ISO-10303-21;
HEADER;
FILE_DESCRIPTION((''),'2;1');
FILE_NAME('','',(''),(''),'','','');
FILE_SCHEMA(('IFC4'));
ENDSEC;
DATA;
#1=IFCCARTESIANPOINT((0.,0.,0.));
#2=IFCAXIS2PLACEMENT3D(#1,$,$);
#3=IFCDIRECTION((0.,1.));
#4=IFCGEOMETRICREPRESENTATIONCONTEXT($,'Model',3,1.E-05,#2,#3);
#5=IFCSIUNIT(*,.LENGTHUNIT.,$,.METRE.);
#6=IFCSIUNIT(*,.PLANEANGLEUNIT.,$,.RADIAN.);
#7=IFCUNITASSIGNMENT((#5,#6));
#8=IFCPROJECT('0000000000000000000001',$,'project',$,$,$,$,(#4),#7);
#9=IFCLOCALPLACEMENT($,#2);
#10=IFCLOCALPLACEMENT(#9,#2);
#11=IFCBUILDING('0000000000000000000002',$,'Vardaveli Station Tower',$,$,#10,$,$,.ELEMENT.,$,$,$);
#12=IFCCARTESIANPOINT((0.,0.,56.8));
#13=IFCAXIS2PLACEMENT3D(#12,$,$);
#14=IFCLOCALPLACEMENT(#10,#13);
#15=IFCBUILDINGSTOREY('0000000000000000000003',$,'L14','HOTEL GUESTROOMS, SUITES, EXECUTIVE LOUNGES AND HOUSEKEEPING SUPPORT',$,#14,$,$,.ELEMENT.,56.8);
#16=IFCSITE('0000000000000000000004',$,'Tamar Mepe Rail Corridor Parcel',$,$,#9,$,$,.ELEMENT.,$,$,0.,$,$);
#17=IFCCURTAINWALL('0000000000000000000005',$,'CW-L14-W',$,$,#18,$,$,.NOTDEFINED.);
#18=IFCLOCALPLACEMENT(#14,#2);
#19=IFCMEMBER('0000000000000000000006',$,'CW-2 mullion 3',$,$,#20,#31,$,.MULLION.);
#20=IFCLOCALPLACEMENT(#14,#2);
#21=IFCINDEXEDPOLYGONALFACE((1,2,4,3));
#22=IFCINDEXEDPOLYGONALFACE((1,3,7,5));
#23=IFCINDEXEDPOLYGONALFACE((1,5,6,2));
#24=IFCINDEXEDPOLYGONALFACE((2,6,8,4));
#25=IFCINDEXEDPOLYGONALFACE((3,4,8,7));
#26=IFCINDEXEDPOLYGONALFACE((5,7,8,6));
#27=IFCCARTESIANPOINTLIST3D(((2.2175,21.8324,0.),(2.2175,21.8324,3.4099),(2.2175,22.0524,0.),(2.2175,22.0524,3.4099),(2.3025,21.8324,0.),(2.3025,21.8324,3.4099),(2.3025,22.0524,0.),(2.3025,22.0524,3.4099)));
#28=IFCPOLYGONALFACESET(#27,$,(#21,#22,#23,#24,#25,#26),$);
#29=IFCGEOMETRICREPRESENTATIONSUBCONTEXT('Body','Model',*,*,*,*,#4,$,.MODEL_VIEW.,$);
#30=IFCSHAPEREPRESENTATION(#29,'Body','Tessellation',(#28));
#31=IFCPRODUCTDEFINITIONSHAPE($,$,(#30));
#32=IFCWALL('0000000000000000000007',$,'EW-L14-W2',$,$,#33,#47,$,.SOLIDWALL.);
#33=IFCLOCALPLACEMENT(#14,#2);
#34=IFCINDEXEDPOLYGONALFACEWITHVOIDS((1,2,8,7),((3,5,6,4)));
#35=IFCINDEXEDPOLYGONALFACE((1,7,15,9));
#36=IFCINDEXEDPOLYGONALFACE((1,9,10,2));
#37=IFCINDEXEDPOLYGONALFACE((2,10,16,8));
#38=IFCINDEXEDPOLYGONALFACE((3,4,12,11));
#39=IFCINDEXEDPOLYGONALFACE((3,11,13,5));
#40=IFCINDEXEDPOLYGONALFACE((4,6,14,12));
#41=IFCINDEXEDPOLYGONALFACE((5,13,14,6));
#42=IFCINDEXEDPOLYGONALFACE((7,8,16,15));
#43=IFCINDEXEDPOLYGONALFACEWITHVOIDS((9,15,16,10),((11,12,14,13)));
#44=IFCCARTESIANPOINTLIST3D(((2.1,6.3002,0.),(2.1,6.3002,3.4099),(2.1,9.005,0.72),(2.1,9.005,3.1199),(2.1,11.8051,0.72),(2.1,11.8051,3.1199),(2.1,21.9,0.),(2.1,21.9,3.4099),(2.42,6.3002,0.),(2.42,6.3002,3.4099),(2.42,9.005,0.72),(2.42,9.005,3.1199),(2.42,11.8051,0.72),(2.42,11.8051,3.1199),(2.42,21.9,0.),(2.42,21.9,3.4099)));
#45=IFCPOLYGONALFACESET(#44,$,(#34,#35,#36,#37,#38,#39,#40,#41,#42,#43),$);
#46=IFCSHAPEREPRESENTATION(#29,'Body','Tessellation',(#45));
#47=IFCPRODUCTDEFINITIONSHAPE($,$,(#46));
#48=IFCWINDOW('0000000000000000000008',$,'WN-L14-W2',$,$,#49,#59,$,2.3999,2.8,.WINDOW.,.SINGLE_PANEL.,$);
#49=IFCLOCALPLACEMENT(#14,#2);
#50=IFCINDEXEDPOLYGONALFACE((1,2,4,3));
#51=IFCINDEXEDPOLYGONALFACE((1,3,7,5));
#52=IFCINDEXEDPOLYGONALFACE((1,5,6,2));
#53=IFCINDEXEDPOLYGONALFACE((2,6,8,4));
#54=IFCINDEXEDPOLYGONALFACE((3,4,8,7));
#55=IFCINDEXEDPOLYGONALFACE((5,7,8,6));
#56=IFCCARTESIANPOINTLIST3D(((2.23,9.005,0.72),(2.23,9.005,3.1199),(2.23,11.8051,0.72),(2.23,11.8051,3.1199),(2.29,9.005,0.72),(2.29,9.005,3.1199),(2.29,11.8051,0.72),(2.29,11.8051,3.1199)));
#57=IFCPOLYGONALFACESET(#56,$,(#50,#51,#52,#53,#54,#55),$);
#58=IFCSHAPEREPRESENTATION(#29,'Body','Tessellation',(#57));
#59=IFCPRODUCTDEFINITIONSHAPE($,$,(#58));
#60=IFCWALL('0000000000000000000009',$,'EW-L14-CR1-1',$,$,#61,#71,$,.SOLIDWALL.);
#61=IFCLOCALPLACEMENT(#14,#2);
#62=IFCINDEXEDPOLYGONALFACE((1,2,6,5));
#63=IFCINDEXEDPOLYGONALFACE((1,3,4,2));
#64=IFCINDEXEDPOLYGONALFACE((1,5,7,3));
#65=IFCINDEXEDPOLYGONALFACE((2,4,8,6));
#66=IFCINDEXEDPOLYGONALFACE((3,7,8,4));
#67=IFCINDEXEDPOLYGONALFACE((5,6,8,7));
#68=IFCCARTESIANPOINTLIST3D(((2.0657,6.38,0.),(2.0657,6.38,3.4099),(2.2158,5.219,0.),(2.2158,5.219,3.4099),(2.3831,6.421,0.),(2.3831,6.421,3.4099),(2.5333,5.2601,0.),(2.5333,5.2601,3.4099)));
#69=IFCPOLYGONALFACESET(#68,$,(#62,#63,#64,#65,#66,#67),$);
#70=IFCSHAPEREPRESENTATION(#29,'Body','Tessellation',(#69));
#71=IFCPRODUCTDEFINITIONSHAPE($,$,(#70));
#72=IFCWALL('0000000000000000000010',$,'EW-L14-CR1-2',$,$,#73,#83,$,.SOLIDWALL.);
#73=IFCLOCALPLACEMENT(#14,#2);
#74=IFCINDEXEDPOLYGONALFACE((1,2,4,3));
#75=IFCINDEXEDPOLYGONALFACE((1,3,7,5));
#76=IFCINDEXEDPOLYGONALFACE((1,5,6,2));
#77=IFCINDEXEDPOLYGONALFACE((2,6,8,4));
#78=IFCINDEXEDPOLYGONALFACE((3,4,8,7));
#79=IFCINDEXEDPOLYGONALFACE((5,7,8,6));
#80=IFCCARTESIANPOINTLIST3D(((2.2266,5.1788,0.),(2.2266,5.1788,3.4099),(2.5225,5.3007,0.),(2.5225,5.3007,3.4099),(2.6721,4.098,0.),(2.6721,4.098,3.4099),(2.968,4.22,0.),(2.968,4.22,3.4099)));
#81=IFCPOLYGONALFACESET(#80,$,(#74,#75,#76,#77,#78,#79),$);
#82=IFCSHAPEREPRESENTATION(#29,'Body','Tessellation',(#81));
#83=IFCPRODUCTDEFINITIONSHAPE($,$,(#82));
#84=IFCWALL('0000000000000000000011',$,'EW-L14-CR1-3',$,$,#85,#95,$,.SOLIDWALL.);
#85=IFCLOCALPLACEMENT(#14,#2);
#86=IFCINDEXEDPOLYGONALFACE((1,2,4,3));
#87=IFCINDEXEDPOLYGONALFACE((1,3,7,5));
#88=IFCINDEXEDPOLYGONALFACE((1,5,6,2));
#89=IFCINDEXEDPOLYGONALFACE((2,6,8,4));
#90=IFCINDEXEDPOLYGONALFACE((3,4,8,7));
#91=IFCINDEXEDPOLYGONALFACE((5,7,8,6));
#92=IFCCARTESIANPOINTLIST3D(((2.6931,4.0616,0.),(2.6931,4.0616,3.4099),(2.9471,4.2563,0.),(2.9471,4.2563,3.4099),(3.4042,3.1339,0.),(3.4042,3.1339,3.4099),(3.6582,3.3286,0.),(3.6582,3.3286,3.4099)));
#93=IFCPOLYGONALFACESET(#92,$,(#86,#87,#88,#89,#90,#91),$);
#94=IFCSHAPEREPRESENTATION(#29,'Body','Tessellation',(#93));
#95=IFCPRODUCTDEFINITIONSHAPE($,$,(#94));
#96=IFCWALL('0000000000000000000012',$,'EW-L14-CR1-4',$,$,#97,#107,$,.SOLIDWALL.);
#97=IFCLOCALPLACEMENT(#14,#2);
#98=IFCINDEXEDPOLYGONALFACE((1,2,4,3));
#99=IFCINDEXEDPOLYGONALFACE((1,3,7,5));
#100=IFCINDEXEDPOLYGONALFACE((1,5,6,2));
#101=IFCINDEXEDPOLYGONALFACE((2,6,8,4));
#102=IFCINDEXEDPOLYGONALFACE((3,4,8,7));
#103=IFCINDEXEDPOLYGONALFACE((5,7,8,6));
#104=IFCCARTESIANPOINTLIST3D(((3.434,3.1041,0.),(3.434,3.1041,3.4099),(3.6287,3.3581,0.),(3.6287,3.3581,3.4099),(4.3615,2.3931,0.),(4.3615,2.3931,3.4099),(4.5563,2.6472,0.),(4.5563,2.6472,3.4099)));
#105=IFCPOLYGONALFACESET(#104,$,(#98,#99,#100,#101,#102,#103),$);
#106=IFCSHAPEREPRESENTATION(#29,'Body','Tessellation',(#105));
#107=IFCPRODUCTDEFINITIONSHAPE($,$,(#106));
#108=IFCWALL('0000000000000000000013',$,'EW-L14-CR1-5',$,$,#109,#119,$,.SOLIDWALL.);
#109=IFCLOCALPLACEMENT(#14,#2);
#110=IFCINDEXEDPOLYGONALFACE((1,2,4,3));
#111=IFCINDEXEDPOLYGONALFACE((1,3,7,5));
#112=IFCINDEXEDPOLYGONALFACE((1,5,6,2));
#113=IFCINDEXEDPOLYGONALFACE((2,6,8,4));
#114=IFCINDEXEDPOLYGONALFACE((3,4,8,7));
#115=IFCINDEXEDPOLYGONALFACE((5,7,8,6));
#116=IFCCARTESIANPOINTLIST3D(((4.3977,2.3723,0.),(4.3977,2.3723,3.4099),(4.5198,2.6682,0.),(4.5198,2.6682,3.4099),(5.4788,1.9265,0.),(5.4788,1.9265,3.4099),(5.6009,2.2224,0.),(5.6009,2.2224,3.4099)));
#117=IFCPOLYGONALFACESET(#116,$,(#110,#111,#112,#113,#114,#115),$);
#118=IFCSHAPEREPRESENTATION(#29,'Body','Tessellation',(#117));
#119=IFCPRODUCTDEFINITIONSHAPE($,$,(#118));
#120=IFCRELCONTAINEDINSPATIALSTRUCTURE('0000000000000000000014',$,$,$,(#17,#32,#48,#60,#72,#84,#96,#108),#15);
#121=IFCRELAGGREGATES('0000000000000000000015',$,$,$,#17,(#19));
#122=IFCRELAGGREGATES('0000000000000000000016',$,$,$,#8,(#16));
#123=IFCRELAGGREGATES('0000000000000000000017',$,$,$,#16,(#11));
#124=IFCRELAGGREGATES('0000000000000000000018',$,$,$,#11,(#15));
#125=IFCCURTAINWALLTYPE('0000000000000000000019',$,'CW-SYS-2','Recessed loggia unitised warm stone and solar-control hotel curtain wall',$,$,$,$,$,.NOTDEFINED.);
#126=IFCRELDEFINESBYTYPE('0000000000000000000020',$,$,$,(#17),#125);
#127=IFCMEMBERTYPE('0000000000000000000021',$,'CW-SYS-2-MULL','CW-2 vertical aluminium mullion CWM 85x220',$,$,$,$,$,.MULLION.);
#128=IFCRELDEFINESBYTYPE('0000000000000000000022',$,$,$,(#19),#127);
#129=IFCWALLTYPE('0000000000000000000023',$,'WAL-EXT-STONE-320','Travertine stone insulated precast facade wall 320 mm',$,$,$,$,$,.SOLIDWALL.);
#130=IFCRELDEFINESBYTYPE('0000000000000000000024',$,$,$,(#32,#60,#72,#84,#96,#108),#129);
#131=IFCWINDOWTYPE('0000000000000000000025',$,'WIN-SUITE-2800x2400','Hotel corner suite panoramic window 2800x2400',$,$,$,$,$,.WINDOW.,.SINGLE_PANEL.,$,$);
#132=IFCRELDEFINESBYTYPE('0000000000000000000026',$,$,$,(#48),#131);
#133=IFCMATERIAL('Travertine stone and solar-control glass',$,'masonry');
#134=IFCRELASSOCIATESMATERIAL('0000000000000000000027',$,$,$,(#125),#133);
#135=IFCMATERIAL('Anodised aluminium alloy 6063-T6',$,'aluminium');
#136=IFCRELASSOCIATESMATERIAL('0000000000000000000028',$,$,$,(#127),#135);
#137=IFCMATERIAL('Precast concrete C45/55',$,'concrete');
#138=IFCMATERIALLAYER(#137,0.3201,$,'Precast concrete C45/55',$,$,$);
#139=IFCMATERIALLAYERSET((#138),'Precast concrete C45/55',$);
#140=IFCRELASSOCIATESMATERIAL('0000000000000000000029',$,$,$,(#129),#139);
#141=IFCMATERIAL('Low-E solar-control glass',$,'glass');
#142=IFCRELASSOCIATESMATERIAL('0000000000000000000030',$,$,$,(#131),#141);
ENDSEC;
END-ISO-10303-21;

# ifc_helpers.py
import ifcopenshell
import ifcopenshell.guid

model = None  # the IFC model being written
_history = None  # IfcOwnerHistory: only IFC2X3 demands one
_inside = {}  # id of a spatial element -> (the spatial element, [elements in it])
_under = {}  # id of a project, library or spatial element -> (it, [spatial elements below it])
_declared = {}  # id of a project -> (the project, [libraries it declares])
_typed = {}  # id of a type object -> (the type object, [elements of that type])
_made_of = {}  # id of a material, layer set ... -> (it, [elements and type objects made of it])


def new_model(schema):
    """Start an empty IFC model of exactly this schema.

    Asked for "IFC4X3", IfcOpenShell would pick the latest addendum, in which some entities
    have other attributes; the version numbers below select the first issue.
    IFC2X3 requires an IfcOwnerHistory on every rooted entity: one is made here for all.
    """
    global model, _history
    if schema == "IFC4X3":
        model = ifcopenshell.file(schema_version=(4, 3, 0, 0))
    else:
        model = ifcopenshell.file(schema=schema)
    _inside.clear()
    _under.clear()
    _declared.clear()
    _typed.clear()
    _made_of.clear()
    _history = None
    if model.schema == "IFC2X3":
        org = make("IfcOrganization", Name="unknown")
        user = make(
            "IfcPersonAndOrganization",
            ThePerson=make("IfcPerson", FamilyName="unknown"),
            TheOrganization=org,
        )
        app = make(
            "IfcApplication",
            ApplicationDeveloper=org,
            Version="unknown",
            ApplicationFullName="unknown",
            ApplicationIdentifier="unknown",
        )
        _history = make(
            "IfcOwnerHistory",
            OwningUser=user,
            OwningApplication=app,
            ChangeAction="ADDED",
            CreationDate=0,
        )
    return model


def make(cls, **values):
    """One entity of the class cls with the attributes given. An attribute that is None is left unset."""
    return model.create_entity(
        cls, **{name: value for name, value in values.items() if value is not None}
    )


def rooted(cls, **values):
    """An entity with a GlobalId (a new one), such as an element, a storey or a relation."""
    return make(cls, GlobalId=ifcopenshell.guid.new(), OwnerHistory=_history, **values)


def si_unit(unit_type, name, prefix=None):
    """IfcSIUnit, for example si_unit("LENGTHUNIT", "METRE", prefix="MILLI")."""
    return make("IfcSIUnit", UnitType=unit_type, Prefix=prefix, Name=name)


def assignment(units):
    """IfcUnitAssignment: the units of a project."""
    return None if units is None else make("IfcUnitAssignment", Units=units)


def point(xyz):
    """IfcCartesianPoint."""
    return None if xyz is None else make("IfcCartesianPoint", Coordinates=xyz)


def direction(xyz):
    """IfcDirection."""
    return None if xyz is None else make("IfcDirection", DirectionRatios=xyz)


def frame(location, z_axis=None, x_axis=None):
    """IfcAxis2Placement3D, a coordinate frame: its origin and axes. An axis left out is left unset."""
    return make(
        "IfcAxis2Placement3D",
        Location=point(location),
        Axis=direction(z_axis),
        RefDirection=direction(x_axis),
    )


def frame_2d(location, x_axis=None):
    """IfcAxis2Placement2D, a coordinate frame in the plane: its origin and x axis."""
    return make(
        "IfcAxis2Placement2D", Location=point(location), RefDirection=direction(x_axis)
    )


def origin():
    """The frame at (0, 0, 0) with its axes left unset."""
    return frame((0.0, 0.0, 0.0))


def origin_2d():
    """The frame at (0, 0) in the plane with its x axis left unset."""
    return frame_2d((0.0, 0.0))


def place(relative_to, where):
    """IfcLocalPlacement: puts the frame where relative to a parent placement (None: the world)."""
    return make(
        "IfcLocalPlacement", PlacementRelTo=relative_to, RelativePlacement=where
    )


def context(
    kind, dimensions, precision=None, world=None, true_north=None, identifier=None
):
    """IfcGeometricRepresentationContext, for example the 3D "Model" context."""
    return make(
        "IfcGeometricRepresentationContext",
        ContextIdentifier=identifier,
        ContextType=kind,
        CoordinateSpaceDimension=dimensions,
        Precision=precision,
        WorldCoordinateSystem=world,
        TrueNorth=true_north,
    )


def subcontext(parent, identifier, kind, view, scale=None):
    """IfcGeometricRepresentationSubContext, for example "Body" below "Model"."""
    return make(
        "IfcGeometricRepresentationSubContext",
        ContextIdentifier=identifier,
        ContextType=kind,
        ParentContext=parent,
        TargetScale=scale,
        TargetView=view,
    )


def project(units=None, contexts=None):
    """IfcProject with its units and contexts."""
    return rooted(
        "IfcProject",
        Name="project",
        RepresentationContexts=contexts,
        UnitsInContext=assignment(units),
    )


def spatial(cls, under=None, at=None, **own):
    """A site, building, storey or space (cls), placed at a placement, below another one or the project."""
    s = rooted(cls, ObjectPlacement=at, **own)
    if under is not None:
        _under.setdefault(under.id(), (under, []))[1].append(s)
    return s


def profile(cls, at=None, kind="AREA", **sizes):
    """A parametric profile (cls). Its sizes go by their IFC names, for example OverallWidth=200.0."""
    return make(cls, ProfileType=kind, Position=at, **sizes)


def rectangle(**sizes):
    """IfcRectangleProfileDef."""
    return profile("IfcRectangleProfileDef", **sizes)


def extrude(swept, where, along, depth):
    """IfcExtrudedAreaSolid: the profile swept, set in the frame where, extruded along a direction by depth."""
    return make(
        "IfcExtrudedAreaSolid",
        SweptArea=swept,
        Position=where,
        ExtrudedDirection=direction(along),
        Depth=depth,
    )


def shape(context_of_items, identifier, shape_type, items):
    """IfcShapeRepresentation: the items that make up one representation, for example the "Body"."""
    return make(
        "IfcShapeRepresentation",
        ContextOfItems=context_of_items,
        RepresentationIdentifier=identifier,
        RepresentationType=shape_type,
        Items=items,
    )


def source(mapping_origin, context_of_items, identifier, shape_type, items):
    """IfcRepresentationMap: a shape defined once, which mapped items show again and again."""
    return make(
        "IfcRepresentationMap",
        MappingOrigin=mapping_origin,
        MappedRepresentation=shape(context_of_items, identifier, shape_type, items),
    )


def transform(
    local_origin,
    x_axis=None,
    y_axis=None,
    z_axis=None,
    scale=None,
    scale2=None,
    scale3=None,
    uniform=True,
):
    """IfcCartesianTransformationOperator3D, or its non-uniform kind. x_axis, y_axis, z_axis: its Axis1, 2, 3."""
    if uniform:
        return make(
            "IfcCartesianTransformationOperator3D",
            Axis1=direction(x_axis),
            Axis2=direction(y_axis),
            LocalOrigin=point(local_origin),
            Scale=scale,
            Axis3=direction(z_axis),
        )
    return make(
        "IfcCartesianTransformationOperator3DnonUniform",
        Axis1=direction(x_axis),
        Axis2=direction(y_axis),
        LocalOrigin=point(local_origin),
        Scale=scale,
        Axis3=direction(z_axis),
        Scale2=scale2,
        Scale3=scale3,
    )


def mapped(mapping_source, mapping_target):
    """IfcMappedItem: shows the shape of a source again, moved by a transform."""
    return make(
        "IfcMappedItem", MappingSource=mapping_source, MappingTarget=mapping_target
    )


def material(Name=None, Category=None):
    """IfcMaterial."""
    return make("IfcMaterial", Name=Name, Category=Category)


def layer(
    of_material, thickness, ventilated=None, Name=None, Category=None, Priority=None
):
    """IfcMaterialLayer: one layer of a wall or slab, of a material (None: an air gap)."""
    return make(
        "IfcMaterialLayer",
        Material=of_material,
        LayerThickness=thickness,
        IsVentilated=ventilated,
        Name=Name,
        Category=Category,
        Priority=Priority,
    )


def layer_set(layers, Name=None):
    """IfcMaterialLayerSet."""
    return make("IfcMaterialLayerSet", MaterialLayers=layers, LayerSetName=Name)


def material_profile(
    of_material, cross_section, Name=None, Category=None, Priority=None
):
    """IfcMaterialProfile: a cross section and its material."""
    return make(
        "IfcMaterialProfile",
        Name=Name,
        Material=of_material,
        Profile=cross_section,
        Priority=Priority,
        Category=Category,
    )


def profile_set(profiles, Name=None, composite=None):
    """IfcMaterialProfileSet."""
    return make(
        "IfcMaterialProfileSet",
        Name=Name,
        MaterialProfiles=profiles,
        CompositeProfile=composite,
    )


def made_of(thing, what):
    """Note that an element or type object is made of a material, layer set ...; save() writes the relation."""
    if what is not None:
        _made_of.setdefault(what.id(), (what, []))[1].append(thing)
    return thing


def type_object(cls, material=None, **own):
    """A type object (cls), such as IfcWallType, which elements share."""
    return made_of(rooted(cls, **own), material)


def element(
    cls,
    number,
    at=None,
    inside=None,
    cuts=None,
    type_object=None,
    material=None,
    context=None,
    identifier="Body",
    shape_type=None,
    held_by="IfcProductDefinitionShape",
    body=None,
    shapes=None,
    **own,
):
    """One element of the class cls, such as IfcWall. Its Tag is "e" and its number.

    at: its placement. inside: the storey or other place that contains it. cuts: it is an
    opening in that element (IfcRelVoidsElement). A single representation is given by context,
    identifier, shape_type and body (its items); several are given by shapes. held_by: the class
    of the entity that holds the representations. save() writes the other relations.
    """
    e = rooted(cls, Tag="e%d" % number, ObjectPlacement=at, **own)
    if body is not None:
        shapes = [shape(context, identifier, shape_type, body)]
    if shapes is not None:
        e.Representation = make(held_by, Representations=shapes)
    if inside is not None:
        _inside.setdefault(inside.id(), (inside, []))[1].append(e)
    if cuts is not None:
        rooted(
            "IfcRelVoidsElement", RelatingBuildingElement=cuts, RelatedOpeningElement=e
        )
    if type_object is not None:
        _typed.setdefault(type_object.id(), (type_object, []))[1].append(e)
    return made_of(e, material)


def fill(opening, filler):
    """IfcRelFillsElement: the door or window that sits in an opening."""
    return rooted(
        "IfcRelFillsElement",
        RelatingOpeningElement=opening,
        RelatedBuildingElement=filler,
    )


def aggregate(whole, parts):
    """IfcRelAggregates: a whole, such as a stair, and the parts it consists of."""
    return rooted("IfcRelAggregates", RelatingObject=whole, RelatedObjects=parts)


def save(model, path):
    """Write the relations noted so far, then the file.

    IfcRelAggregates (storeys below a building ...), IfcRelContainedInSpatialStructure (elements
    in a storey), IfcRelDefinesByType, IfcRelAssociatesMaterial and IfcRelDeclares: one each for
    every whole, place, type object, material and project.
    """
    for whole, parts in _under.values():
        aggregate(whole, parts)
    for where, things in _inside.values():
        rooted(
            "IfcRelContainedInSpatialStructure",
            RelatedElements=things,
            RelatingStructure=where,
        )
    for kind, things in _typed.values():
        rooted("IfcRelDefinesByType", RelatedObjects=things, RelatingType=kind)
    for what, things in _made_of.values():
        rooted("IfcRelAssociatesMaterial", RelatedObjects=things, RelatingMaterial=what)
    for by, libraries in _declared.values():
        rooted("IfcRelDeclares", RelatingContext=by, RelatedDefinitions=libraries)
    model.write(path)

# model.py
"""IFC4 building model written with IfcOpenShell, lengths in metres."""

from ifc_helpers import new_model, si_unit, direction, frame, frame_2d, origin, origin_2d, place, context, subcontext, project, spatial, rectangle, extrude, source, transform, mapped, material, layer, layer_set, material_profile, profile_set, type_object, element, fill, aggregate, save


model = new_model("IFC4")

# Units and contexts
model_context = context("Model", 3, precision=1e-05, world=origin(), true_north=direction((0.0, 1.0)))
body_context = subcontext(model_context, "Body", "Model", "MODEL_VIEW")
ifc_project = project(units=[si_unit("LENGTHUNIT", "METRE"), si_unit("PLANEANGLEUNIT", "RADIAN")], contexts=[model_context])

# Site, building, storey
site_placement = place(None, origin())
site = spatial("IfcSite", under=ifc_project, at=site_placement, Name="Tamar Mepe Rail Corridor Parcel", CompositionType="ELEMENT", RefElevation=0.0)
building_placement = place(site_placement, origin())
building = spatial("IfcBuilding", under=site, at=building_placement, Name="Vardaveli Station Tower", CompositionType="ELEMENT")
storey_placement = place(building_placement, frame((0.0, 0.0, 56.8)))
storey = spatial("IfcBuildingStorey", under=building, at=storey_placement, Name="L14", Description="HOTEL GUESTROOMS, SUITES, EXECUTIVE LOUNGES AND HOUSEKEEPING SUPPORT", CompositionType="ELEMENT", Elevation=56.8)

# Shared definitions
ifc_material_1 = material(Name="Precast concrete C45/55", Category="concrete")

# Curtain wall, member
ifc_material_2 = material(Name="Travertine stone and solar-control glass", Category="masonry")
curtain_wall_type = type_object("IfcCurtainWallType", Name="CW-SYS-2", Description="Recessed loggia unitised warm stone and solar-control hotel curtain wall", PredefinedType="NOTDEFINED", material=ifc_material_2)
curtain_wall_placement = place(storey_placement, origin())
curtain_wall = element("IfcCurtainWall", 1, at=curtain_wall_placement, inside=storey, type_object=curtain_wall_type, Name="CW-L14-W", PredefinedType="NOTDEFINED")
ifc_material_3 = material(Name="Anodised aluminium alloy 6063-T6", Category="aluminium")
ifc_material_profile_1 = material_profile(ifc_material_3, rectangle(XDim=0.085, YDim=0.22, at=origin_2d()), Name="CWM 85x220")
ifc_profile_set_1 = profile_set([ifc_material_profile_1], Name="Anodised aluminium alloy 6063-T6")
member_type = type_object("IfcMemberType", Name="CW-SYS-2-MULL", Description="CW-2 vertical aluminium mullion CWM 85x220", PredefinedType="MULLION", material=ifc_profile_set_1)
shared_shape_1 = source(origin(), body_context, "Body", "SweptSolid", [
    extrude(rectangle(XDim=0.085, YDim=0.22, at=origin_2d()), origin(), (0.0, 0.0, 1.0), 3.4099),
])
member_placement = place(storey_placement, frame((2.26, 21.9424, 0.0), z_axis=(0.0, 0.0, 1.0), x_axis=(1.0, 0.0, 0.0)))
member = element("IfcMember", 2, at=member_placement, type_object=member_type, Name="CW-2 mullion 3", PredefinedType="MULLION", context=body_context, shape_type="MappedRepresentation", body=[
    mapped(shared_shape_1, transform((0.0, 0.0, 0.0), scale=1.0)),
])
aggregate(curtain_wall, [member])

# Wall, opening, window
ifc_layer_1 = layer(ifc_material_1, 0.3201, Name="Precast concrete C45/55")
ifc_layer_set_1 = layer_set([ifc_layer_1], Name="Precast concrete C45/55")
wall_type_1 = type_object("IfcWallType", Name="WAL-EXT-STONE-320", Description="Travertine stone insulated precast facade wall 320 mm", PredefinedType="SOLIDWALL", material=ifc_layer_set_1)
shared_shape_2 = source(origin(), body_context, "Body", "SweptSolid", [
    extrude(rectangle(XDim=15.5999, YDim=0.3201, at=frame_2d((7.7998, 0.0))), origin(), (0.0, 0.0, 1.0), 3.4099),
])
wall_1_placement = place(storey_placement, frame((2.26, 21.8999, 0.0), z_axis=(0.0, 0.0, 1.0), x_axis=(0.0, -1.0, 0.0)))
wall_1 = element("IfcWall", 3, at=wall_1_placement, inside=storey, type_object=wall_type_1, Name="EW-L14-W2", PredefinedType="SOLIDWALL", context=body_context, shape_type="MappedRepresentation", body=[
    mapped(shared_shape_2, transform((0.0, 0.0, 0.0), scale=1.0)),
])
shared_shape_3 = source(origin(), body_context, "Body", "SweptSolid", [
    extrude(rectangle(XDim=2.8, YDim=2.3999, at=frame_2d((1.3999, 1.2))), frame((0.0, 0.1699, 0.0), z_axis=(0.0, -1.0, 0.0), x_axis=(1.0, 0.0, 0.0)), (0.0, 0.0, 1.0), 0.3401),
])
opening_1_placement = place(wall_1_placement, frame((10.095, 0.0, 0.72)))
opening_1 = element("IfcOpeningElement", 4, at=opening_1_placement, cuts=wall_1, PredefinedType="OPENING", context=body_context, shape_type="MappedRepresentation", body=[
    mapped(shared_shape_3, transform((0.0, 0.0, 0.0), scale=1.0)),
])
ifc_material_4 = material(Name="Low-E solar-control glass", Category="glass")
window_type = type_object("IfcWindowType", Name="WIN-SUITE-2800x2400", Description="Hotel corner suite panoramic window 2800x2400", PartitioningType="SINGLE_PANEL", PredefinedType="WINDOW", material=ifc_material_4)
shared_shape_4 = source(origin(), body_context, "Body", "SweptSolid", [
    extrude(rectangle(XDim=2.8, YDim=2.3999, at=frame_2d((1.3999, 1.2))), frame((0.0, 0.03, 0.0), z_axis=(0.0, -1.0, 0.0), x_axis=(1.0, 0.0, 0.0)), (0.0, 0.0, 1.0), 0.0601),
])
window_placement = place(opening_1_placement, origin())
window = element("IfcWindow", 5, at=window_placement, inside=storey, type_object=window_type, Name="WN-L14-W2", OverallHeight=2.3999, OverallWidth=2.8, PartitioningType="SINGLE_PANEL", PredefinedType="WINDOW", context=body_context, shape_type="MappedRepresentation", body=[
    mapped(shared_shape_4, transform((0.0, 0.0, 0.0), scale=1.0)),
])
fill(opening_1, window)

# Walls
shared_shape_5 = source(origin(), body_context, "Body", "SweptSolid", [
    extrude(rectangle(XDim=1.1707, YDim=0.3201, at=frame_2d((0.5854, 0.0))), origin(), (0.0, 0.0, 1.0), 3.4099),
])
wall_2_placement = place(storey_placement, frame((2.2244, 6.4006, 0.0), z_axis=(0.0, 0.0, 1.0), x_axis=(0.128269, -0.991739, 0.0)))
element("IfcWall", 6, at=wall_2_placement, inside=storey, type_object=wall_type_1, Name="EW-L14-CR1-1", PredefinedType="SOLIDWALL", context=body_context, shape_type="MappedRepresentation", body=[
    mapped(shared_shape_5, transform((0.0, 0.0, 0.0), scale=1.0)),
])
shared_shape_6 = source(origin(), body_context, "Body", "SweptSolid", [
    extrude(rectangle(XDim=1.1689, YDim=0.3201, at=frame_2d((0.5845, 0.0))), origin(), (0.0, 0.0, 1.0), 3.4099),
])
for number, where, z_axis, x_axis, name in (
    (7, (2.3745, 5.2397, 0.0), (0.0, 0.0, 1.0), (0.381128, -0.924522, 0.0), "EW-L14-CR1-2"),
    (8, (2.8201, 4.1589, 0.0), (0.0, 0.0, 1.0), (0.608388, -0.79364, 0.0), "EW-L14-CR1-3"),
):
    element("IfcWall", number, at=place(storey_placement, frame(where, z_axis=z_axis, x_axis=x_axis)), inside=storey, type_object=wall_type_1, Name=name, PredefinedType="SOLIDWALL", context=body_context, shape_type="MappedRepresentation", body=[
        mapped(shared_shape_6, transform((0.0, 0.0, 0.0), scale=1.0)),
    ])
shared_shape_7 = source(origin(), body_context, "Body", "SweptSolid", [
    extrude(rectangle(XDim=1.1687, YDim=0.3201, at=frame_2d((0.5845, 0.0))), origin(), (0.0, 0.0, 1.0), 3.4099),
])
wall_3_placement = place(storey_placement, frame((3.5312, 3.2312, 0.0), z_axis=(0.0, 0.0, 1.0), x_axis=(0.793664, -0.608357, 0.0)))
element("IfcWall", 9, at=wall_3_placement, inside=storey, type_object=wall_type_1, Name="EW-L14-CR1-4", PredefinedType="SOLIDWALL", context=body_context, shape_type="MappedRepresentation", body=[
    mapped(shared_shape_7, transform((0.0, 0.0, 0.0), scale=1.0)),
])
shared_shape_8 = source(origin(), body_context, "Body", "SweptSolid", [
    extrude(rectangle(XDim=1.1694, YDim=0.3201, at=frame_2d((0.5847, 0.0))), origin(), (0.0, 0.0, 1.0), 3.4099),
])
wall_4_placement = place(storey_placement, frame((4.4587, 2.5203, 0.0), z_axis=(0.0, 0.0, 1.0), x_axis=(0.924479, -0.381233, 0.0)))
element("IfcWall", 10, at=wall_4_placement, inside=storey, type_object=wall_type_1, Name="EW-L14-CR1-5", PredefinedType="SOLIDWALL", context=body_context, shape_type="MappedRepresentation", body=[
    mapped(shared_shape_8, transform((0.0, 0.0, 0.0), scale=1.0)),
])

save(model, "model.ifc")
